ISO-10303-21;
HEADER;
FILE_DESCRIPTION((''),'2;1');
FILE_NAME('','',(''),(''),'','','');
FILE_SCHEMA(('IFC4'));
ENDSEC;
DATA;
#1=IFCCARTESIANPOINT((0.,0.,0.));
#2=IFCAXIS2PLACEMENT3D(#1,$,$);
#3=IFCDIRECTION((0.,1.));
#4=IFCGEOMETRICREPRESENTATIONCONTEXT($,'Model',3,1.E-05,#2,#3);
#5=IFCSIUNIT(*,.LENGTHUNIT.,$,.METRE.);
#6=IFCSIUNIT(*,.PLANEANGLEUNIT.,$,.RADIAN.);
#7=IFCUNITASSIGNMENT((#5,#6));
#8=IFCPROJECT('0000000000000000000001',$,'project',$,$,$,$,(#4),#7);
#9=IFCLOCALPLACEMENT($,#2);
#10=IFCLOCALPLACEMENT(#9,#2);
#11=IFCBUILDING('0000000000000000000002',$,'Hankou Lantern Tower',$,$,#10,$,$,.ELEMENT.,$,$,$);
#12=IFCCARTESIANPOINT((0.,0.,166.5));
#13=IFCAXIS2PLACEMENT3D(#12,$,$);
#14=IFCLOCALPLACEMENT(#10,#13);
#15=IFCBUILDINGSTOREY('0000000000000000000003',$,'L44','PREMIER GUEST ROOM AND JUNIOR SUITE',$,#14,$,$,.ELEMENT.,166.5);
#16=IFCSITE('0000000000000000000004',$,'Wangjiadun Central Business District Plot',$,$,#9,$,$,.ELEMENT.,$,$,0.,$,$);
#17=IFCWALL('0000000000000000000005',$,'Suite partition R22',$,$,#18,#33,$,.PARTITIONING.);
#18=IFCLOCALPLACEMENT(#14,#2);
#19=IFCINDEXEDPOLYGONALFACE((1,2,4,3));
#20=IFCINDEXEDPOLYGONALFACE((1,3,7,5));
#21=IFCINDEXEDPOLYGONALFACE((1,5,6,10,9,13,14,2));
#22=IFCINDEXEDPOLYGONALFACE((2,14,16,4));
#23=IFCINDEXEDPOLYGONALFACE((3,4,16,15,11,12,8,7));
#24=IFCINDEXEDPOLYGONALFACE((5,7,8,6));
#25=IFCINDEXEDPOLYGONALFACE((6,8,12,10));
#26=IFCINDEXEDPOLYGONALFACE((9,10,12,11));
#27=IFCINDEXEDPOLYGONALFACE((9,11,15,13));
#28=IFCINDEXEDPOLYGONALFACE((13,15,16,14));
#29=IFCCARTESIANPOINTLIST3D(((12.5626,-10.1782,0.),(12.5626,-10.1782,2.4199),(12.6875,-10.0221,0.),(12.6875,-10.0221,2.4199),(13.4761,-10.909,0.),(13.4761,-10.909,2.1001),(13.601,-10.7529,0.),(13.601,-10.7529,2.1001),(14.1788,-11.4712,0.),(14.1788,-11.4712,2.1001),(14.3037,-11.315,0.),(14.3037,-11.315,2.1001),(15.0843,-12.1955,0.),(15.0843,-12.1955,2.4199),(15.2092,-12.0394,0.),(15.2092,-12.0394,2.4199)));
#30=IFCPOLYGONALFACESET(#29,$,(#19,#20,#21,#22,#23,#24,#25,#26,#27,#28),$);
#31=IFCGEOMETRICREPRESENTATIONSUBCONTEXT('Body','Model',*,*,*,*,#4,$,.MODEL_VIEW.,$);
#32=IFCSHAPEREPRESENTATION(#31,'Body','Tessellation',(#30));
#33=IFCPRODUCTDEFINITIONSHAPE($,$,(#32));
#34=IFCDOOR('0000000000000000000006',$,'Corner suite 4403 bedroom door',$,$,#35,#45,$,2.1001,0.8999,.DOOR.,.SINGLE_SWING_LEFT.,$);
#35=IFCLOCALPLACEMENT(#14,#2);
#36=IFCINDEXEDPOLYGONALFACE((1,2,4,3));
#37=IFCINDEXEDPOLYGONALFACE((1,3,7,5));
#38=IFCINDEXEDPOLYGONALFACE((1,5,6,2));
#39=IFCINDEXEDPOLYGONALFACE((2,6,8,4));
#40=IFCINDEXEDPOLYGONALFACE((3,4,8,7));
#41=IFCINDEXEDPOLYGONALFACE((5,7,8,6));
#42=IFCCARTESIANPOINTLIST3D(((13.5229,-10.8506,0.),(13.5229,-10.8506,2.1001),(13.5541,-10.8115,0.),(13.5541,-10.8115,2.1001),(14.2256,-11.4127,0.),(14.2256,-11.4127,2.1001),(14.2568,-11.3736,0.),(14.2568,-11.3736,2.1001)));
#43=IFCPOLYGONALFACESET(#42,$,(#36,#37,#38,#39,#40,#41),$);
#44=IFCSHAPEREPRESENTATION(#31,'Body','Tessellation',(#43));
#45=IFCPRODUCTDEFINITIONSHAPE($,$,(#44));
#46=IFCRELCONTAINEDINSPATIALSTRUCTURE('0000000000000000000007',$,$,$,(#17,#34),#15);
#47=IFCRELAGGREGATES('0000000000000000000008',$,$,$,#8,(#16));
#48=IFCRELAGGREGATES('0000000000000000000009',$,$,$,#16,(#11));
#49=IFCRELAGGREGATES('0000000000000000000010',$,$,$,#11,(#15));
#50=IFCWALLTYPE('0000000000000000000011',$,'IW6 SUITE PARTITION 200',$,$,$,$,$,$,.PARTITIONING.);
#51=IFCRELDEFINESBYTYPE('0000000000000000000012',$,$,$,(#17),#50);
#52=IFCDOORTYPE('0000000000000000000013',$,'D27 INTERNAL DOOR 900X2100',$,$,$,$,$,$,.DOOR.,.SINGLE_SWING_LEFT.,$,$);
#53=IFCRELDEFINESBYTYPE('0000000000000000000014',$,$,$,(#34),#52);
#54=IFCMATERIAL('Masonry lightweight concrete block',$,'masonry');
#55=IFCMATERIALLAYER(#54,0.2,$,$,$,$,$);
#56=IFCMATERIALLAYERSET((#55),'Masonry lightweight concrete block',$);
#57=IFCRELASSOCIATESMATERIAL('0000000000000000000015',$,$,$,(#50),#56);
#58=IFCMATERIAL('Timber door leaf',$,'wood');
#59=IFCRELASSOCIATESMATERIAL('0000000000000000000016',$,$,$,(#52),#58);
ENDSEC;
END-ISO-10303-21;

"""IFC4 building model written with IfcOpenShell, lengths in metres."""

from ifc_helpers import new_model, si_unit, direction, frame, frame_2d, origin, place, context, subcontext, project, spatial, rectangle, extrude, material, layer, layer_set, type_object, element, fill, save


model = new_model("IFC4")

# Units and contexts
model_context = context("Model", 3, precision=1e-05, world=origin(), true_north=direction((0.0, 1.0)))
body_context = subcontext(model_context, "Body", "Model", "MODEL_VIEW")
ifc_project = project(units=[si_unit("LENGTHUNIT", "METRE"), si_unit("PLANEANGLEUNIT", "RADIAN")], contexts=[model_context])

# Site, building, storey
site_placement = place(None, origin())
site = spatial("IfcSite", under=ifc_project, at=site_placement, Name="Wangjiadun Central Business District Plot", CompositionType="ELEMENT", RefElevation=0.0)
building_placement = place(site_placement, origin())
building = spatial("IfcBuilding", under=site, at=building_placement, Name="Hankou Lantern Tower", CompositionType="ELEMENT")
storey_placement = place(building_placement, frame((0.0, 0.0, 166.5)))
storey = spatial("IfcBuildingStorey", under=building, at=storey_placement, Name="L44", Description="PREMIER GUEST ROOM AND JUNIOR SUITE", CompositionType="ELEMENT", Elevation=166.5)

# Wall, opening, door
ifc_material_1 = material(Name="Masonry lightweight concrete block", Category="masonry")
ifc_layer_1 = layer(ifc_material_1, 0.2)
ifc_layer_set_1 = layer_set([ifc_layer_1], Name="Masonry lightweight concrete block")
wall_type_1 = type_object("IfcWallType", Name="IW6 SUITE PARTITION 200", PredefinedType="PARTITIONING", material=ifc_layer_set_1)
wall_1_placement = place(storey_placement, frame((12.625, -10.1001, 0.0), z_axis=(0.0, 0.0, 1.0), x_axis=(0.780876, -0.624686, 0.0)))
wall_1 = element("IfcWall", 1, at=wall_1_placement, inside=storey, type_object=wall_type_1, Name="Suite partition R22", PredefinedType="PARTITIONING", context=body_context, shape_type="SweptSolid", body=[
    extrude(rectangle(XDim=3.2292, YDim=0.2, at=frame_2d((1.6147, 0.0))), origin(), (0.0, 0.0, 1.0), 2.4199),
])
opening_1_placement = place(wall_1_placement, frame((1.1699, 0.0, 0.0)))
opening_1 = element("IfcOpeningElement", 2, at=opening_1_placement, cuts=wall_1, PredefinedType="OPENING", context=body_context, shape_type="SweptSolid", body=[
    extrude(rectangle(XDim=0.8999, YDim=2.1001, at=frame_2d((0.45, 1.05))), frame((0.0, 0.1099, 0.0), z_axis=(0.0, -1.0, 0.0), x_axis=(1.0, 0.0, 0.0)), (0.0, 0.0, 1.0), 0.22),
])
ifc_material_2 = material(Name="Timber door leaf", Category="wood")
door_type_1 = type_object("IfcDoorType", Name="D27 INTERNAL DOOR 900X2100", OperationType="SINGLE_SWING_LEFT", PredefinedType="DOOR", material=ifc_material_2)
door_1_placement = place(opening_1_placement, origin())
door_1 = element("IfcDoor", 3, at=door_1_placement, inside=storey, type_object=door_type_1, Name="Corner suite 4403 bedroom door", OperationType="SINGLE_SWING_LEFT", OverallHeight=2.1001, OverallWidth=0.8999, PredefinedType="DOOR", context=body_context, shape_type="SweptSolid", body=[
    extrude(rectangle(XDim=0.8999, YDim=2.1001, at=frame_2d((0.45, 1.05))), frame((0.0, 0.0249, 0.0), z_axis=(0.0, -1.0, 0.0), x_axis=(1.0, 0.0, 0.0)), (0.0, 0.0, 1.0), 0.05),
])
fill(opening_1, door_1)

save(model, "model.ifc")
